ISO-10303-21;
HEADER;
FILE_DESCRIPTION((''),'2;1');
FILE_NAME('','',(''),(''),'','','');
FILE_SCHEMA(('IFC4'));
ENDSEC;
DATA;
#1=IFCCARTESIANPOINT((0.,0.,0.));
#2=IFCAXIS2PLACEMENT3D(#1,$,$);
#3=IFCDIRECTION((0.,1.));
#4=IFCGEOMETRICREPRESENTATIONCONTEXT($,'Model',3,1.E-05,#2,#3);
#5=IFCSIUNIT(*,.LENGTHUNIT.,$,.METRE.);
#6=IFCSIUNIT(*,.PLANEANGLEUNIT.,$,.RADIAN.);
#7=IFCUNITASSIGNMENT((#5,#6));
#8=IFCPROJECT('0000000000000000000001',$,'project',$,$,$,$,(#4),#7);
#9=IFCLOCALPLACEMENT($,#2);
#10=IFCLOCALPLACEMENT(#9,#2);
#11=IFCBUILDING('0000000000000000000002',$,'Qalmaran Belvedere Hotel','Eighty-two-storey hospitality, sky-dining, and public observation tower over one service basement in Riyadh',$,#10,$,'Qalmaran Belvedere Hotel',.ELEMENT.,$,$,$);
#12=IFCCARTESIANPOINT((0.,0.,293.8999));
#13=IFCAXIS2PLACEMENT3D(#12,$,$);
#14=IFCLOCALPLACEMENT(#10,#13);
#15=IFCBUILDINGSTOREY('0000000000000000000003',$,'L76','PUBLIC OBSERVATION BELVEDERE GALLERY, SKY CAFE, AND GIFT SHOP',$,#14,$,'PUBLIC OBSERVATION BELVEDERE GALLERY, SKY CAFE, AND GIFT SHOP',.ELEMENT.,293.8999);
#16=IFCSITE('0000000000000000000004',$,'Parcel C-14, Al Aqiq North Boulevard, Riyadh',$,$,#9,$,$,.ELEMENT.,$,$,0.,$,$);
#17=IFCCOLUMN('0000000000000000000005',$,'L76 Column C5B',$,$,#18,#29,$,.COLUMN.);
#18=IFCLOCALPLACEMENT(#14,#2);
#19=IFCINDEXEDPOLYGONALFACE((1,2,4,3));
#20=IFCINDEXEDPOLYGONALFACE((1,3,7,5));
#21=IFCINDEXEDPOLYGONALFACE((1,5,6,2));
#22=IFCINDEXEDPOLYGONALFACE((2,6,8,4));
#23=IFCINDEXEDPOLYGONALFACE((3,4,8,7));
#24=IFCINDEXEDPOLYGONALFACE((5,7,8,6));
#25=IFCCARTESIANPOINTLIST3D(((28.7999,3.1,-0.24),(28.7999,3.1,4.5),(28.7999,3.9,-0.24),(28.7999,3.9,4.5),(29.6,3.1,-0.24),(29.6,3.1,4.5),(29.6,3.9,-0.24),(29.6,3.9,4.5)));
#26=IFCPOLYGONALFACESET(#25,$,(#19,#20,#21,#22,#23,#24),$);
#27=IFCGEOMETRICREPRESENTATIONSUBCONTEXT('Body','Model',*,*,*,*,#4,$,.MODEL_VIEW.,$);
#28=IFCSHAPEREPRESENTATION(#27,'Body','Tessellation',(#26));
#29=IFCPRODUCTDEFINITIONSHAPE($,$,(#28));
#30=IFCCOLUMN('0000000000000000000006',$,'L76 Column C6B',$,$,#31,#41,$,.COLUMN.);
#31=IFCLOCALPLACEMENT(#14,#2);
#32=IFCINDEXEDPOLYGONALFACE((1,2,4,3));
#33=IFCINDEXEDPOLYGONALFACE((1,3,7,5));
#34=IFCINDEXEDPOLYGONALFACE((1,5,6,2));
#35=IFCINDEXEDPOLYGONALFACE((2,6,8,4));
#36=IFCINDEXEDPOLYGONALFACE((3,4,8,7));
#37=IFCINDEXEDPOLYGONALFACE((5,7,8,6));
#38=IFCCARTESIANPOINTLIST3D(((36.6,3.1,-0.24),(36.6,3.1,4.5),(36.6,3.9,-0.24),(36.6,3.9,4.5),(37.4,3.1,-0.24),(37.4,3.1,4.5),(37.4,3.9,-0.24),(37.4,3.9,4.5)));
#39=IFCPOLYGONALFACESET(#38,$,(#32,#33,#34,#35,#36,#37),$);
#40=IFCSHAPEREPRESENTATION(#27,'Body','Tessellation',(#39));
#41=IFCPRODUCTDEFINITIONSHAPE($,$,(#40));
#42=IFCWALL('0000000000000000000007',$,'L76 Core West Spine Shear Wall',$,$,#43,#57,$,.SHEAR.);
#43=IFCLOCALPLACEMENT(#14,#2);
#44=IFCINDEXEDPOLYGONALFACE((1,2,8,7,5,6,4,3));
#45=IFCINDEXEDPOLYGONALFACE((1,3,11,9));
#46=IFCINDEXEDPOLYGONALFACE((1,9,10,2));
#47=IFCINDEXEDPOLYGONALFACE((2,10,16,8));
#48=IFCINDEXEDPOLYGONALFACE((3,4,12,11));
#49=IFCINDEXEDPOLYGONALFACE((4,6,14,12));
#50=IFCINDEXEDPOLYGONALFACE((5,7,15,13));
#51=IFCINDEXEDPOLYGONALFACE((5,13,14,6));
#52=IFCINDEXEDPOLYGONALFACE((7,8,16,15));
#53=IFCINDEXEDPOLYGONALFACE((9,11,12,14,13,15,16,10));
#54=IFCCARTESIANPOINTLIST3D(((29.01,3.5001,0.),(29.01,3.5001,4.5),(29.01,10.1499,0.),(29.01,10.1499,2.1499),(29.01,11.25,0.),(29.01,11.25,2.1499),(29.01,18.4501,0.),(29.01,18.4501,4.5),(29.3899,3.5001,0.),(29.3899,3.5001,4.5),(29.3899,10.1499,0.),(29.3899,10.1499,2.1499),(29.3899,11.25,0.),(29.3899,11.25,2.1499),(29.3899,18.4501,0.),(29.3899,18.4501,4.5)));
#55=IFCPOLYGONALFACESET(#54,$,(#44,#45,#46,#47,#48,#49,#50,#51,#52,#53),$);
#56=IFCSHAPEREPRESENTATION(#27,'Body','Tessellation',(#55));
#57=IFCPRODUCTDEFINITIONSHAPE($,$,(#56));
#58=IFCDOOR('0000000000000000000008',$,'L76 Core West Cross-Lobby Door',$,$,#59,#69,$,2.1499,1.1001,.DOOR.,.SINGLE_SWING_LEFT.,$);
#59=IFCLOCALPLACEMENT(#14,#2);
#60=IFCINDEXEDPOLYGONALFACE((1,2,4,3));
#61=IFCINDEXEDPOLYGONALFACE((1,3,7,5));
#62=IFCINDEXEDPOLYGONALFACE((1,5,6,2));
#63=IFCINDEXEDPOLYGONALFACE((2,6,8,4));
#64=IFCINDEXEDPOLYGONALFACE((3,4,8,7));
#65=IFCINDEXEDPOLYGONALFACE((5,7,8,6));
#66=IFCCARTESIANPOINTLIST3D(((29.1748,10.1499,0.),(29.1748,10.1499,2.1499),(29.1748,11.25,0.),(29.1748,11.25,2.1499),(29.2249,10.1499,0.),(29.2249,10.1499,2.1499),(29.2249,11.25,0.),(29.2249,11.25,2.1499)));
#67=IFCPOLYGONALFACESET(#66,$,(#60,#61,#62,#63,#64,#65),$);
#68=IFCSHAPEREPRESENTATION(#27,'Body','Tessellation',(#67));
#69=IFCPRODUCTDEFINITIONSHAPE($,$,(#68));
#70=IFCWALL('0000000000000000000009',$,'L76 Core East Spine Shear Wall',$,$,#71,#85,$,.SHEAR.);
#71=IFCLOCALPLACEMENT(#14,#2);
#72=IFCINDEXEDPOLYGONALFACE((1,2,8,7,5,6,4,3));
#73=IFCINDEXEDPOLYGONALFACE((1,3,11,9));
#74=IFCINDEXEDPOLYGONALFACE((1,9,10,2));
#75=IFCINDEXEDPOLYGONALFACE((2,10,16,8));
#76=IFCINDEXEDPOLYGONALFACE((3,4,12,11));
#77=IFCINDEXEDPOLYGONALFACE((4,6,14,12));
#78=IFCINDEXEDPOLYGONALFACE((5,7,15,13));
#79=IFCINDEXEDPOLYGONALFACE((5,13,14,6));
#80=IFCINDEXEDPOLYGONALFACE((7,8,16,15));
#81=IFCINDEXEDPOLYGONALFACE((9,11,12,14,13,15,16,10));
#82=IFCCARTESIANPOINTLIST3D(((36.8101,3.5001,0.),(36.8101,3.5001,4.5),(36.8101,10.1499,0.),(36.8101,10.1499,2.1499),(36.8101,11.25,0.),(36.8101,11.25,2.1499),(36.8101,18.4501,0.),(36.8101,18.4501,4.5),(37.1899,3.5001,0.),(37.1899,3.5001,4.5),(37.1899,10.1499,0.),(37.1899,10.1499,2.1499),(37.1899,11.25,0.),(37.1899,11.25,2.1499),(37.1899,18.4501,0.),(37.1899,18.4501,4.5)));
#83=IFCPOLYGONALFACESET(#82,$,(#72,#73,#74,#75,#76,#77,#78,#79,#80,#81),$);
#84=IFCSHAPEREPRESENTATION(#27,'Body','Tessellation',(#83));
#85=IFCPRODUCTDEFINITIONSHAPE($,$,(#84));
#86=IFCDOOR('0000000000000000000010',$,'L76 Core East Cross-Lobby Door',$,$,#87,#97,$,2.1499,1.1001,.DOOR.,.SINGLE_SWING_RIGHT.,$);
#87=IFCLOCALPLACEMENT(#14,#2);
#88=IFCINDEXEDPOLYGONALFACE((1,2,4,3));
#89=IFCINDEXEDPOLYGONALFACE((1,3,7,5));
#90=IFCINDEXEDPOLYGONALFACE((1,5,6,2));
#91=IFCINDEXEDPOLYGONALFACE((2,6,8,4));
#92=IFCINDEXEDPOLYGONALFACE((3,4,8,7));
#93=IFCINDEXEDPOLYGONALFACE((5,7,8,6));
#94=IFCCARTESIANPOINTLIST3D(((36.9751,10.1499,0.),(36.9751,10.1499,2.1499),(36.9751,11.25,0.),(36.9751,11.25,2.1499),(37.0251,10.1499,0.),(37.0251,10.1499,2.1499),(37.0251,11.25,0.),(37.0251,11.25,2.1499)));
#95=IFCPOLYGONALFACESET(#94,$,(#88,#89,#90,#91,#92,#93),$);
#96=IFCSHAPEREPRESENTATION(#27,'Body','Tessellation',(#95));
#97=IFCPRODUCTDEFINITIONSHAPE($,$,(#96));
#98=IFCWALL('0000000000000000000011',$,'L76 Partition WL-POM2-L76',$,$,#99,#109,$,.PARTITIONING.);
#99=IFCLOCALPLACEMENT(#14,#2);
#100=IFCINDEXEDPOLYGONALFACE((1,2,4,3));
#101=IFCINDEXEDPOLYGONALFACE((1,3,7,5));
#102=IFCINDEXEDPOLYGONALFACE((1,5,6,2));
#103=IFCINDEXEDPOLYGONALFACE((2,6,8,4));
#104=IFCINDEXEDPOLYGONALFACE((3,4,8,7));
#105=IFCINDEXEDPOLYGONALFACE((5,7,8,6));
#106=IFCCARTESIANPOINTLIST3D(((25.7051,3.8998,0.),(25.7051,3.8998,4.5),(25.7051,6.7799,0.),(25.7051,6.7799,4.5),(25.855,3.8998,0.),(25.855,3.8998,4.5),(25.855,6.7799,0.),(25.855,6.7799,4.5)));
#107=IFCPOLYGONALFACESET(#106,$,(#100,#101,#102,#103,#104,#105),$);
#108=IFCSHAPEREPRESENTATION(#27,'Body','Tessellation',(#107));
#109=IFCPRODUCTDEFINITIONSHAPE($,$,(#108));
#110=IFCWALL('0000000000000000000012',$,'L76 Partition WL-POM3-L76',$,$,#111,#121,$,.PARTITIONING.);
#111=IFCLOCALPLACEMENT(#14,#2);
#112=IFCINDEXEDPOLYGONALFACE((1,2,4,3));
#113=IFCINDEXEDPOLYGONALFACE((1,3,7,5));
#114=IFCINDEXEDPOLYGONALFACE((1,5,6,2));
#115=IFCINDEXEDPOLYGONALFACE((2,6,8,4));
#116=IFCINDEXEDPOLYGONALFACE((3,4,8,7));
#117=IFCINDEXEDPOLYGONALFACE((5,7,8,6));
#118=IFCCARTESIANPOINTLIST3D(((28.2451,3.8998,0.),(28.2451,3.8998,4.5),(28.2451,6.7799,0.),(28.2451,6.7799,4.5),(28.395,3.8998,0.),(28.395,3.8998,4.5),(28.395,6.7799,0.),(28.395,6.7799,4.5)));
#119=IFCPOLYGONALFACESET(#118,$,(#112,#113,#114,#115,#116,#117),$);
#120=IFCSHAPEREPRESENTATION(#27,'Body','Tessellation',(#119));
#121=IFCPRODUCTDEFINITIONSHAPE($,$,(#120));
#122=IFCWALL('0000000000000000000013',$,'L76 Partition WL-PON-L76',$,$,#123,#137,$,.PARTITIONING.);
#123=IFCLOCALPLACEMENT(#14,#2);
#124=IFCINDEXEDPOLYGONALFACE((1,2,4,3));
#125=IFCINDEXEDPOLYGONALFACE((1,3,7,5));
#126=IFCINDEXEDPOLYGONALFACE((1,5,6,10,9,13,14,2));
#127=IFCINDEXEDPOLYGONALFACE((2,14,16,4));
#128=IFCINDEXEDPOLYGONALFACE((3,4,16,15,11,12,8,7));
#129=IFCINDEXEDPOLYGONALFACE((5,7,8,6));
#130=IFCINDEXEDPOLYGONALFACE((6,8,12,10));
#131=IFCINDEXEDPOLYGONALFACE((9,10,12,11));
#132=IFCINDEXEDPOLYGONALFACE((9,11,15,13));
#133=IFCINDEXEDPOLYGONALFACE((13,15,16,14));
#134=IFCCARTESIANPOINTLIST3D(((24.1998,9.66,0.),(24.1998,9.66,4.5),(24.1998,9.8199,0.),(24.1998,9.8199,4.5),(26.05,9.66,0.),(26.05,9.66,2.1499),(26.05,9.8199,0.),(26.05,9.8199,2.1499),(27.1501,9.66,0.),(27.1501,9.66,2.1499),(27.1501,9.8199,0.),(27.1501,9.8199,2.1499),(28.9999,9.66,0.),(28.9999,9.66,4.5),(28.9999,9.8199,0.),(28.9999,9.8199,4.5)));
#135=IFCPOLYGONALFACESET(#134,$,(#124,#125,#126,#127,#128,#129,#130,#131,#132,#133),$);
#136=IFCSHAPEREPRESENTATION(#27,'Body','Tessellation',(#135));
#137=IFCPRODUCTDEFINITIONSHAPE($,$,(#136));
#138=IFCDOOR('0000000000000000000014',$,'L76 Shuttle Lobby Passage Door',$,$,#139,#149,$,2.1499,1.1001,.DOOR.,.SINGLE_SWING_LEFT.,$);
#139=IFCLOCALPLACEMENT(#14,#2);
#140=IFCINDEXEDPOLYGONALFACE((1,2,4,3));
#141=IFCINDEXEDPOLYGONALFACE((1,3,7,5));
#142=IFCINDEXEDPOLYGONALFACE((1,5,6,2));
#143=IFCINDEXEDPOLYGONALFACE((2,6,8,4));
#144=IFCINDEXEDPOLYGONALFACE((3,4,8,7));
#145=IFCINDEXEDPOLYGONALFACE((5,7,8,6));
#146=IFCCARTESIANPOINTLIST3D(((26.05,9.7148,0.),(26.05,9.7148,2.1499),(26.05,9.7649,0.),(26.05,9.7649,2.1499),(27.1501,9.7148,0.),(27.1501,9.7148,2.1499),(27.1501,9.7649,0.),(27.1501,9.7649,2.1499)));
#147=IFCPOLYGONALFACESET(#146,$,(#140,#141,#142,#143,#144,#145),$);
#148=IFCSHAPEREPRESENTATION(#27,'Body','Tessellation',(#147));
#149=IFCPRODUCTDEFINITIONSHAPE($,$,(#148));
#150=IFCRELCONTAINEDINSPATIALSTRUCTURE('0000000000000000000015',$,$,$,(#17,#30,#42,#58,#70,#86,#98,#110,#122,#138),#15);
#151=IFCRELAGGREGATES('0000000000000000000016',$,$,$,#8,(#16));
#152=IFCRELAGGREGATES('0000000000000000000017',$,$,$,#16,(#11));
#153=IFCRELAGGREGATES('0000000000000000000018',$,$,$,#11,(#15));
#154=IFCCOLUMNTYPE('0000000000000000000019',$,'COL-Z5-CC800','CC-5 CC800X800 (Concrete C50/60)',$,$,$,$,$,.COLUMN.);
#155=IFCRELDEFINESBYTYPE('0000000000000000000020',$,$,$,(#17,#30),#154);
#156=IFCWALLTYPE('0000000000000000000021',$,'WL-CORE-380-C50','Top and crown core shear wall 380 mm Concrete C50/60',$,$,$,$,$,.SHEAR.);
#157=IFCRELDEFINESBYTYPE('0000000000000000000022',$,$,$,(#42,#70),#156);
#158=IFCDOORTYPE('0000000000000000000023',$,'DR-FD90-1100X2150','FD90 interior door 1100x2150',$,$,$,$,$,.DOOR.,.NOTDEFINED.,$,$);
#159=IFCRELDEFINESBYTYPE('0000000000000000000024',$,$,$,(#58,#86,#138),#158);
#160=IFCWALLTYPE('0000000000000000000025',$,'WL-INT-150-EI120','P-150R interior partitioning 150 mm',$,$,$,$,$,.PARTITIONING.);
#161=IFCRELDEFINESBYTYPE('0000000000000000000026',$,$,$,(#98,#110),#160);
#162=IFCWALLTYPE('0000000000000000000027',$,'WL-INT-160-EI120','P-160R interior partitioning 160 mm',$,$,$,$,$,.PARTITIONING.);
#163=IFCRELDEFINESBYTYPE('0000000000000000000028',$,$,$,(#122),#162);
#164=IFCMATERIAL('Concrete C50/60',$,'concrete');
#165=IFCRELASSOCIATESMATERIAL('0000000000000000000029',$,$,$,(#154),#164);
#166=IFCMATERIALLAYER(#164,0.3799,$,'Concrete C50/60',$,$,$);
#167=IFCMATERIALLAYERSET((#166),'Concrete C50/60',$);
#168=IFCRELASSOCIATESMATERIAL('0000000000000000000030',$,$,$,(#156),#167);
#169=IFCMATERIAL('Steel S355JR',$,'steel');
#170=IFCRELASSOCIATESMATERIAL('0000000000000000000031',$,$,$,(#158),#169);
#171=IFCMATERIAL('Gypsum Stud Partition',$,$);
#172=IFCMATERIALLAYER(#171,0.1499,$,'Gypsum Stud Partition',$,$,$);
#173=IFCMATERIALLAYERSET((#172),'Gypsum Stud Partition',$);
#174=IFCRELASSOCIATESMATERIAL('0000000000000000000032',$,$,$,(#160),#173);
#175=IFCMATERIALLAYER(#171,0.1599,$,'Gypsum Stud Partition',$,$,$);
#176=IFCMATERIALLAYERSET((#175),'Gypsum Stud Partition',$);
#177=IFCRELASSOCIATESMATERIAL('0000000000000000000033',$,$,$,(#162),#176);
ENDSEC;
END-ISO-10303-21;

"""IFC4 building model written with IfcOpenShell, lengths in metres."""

from ifc_helpers import new_model, si_unit, direction, frame, frame_2d, origin, origin_2d, place, context, subcontext, project, spatial, rectangle, extrude, material, layer, layer_set, material_profile, profile_set, type_object, element, fill, save


model = new_model("IFC4")

# Units and contexts
model_context = context("Model", 3, precision=1e-05, world=origin(), true_north=direction((0.0, 1.0)))
body_context = subcontext(model_context, "Body", "Model", "MODEL_VIEW")
ifc_project = project(units=[si_unit("LENGTHUNIT", "METRE"), si_unit("PLANEANGLEUNIT", "RADIAN")], contexts=[model_context])

# Site, building, storey
site_placement = place(None, origin())
site = spatial("IfcSite", under=ifc_project, at=site_placement, Name="Parcel C-14, Al Aqiq North Boulevard, Riyadh", CompositionType="ELEMENT", RefElevation=0.0)
building_placement = place(site_placement, origin())
building = spatial("IfcBuilding", under=site, at=building_placement, Name="Qalmaran Belvedere Hotel", Description="Eighty-two-storey hospitality, sky-dining, and public observation tower over one service basement in Riyadh", LongName="Qalmaran Belvedere Hotel", CompositionType="ELEMENT")
storey_placement = place(building_placement, frame((0.0, 0.0, 293.8999)))
storey = spatial("IfcBuildingStorey", under=building, at=storey_placement, Name="L76", Description="PUBLIC OBSERVATION BELVEDERE GALLERY, SKY CAFE, AND GIFT SHOP", LongName="PUBLIC OBSERVATION BELVEDERE GALLERY, SKY CAFE, AND GIFT SHOP", CompositionType="ELEMENT", Elevation=293.8999)

# Columns
ifc_material_1 = material(Name="Concrete C50/60", Category="concrete")
ifc_material_profile = material_profile(ifc_material_1, rectangle(XDim=0.8, YDim=0.8, at=origin_2d()), Name="CC800X800")
ifc_profile_set = profile_set([ifc_material_profile], Name="Concrete C50/60")
column_type = type_object("IfcColumnType", Name="COL-Z5-CC800", Description="CC-5 CC800X800 (Concrete C50/60)", PredefinedType="COLUMN", material=ifc_profile_set)
for number, where, z_axis, x_axis, name in (
    (1, (29.2, 3.5, -0.24), (0.0, 0.0, 1.0), (1.0, 0.0, 0.0), "L76 Column C5B"),
    (2, (37.0, 3.5, -0.24), (0.0, 0.0, 1.0), (1.0, 0.0, 0.0), "L76 Column C6B"),
):
    element("IfcColumn", number, at=place(storey_placement, frame(where, z_axis=z_axis, x_axis=x_axis)), inside=storey, type_object=column_type, Name=name, PredefinedType="COLUMN", context=body_context, shape_type="SweptSolid", body=[
        extrude(rectangle(XDim=0.8, YDim=0.8, at=origin_2d()), origin(), (0.0, 0.0, 1.0), 4.74),
    ])

# Walls, openings, doors
ifc_layer_1 = layer(ifc_material_1, 0.3799, Name="Concrete C50/60")
ifc_layer_set_1 = layer_set([ifc_layer_1], Name="Concrete C50/60")
wall_type_1 = type_object("IfcWallType", Name="WL-CORE-380-C50", Description="Top and crown core shear wall 380 mm Concrete C50/60", PredefinedType="SHEAR", material=ifc_layer_set_1)
wall_1_placement = place(storey_placement, frame((29.2, 3.5, 0.0), z_axis=(0.0, 0.0, 1.0), x_axis=(0.0, 1.0, 0.0)))
wall_1 = element("IfcWall", 3, at=wall_1_placement, inside=storey, type_object=wall_type_1, Name="L76 Core West Spine Shear Wall", PredefinedType="SHEAR", context=body_context, shape_type="SweptSolid", body=[
    extrude(rectangle(XDim=14.95, YDim=0.3799, at=frame_2d((7.4751, 0.0))), origin(), (0.0, 0.0, 1.0), 4.5),
])
opening_1_placement = place(wall_1_placement, frame((7.75, 0.0, 0.0), z_axis=(0.0, 0.0, 1.0), x_axis=(-1.0, 0.0, 0.0)))
opening_1 = element("IfcOpeningElement", 4, at=opening_1_placement, cuts=wall_1, PredefinedType="OPENING", context=body_context, shape_type="SweptSolid", body=[
    extrude(rectangle(XDim=1.1001, YDim=2.1499, at=frame_2d((0.55, 1.075))), frame((0.0, 0.2, 0.0), z_axis=(0.0, -1.0, 0.0), x_axis=(1.0, 0.0, 0.0)), (0.0, 0.0, 1.0), 0.3999),
])
ifc_material_2 = material(Name="Steel S355JR", Category="steel")
door_type_1 = type_object("IfcDoorType", Name="DR-FD90-1100X2150", Description="FD90 interior door 1100x2150", OperationType="NOTDEFINED", PredefinedType="DOOR", material=ifc_material_2)
door_1_placement = place(opening_1_placement, origin())
door_1 = element("IfcDoor", 5, at=door_1_placement, inside=storey, type_object=door_type_1, Name="L76 Core West Cross-Lobby Door", OperationType="SINGLE_SWING_LEFT", OverallHeight=2.1499, OverallWidth=1.1001, PredefinedType="DOOR", context=body_context, shape_type="SweptSolid", body=[
    extrude(rectangle(XDim=1.1001, YDim=2.1499, at=frame_2d((0.55, 1.075))), frame((0.0, 0.0249, 0.0), z_axis=(0.0, -1.0, 0.0), x_axis=(1.0, 0.0, 0.0)), (0.0, 0.0, 1.0), 0.05),
])
fill(opening_1, door_1)
wall_2_placement = place(storey_placement, frame((37.0, 3.5, 0.0), z_axis=(0.0, 0.0, 1.0), x_axis=(0.0, 1.0, 0.0)))
wall_2 = element("IfcWall", 6, at=wall_2_placement, inside=storey, type_object=wall_type_1, Name="L76 Core East Spine Shear Wall", PredefinedType="SHEAR", context=body_context, shape_type="SweptSolid", body=[
    extrude(rectangle(XDim=14.95, YDim=0.3799, at=frame_2d((7.4751, 0.0))), origin(), (0.0, 0.0, 1.0), 4.5),
])
opening_2_placement = place(wall_2_placement, frame((6.6499, 0.0, 0.0)))
opening_2 = element("IfcOpeningElement", 7, at=opening_2_placement, cuts=wall_2, PredefinedType="OPENING", context=body_context, shape_type="SweptSolid", body=[
    extrude(rectangle(XDim=1.1001, YDim=2.1499, at=frame_2d((0.55, 1.075))), frame((0.0, 0.2, 0.0), z_axis=(0.0, -1.0, 0.0), x_axis=(1.0, 0.0, 0.0)), (0.0, 0.0, 1.0), 0.3999),
])
door_2_placement = place(opening_2_placement, origin())
door_2 = element("IfcDoor", 8, at=door_2_placement, inside=storey, type_object=door_type_1, Name="L76 Core East Cross-Lobby Door", OperationType="SINGLE_SWING_RIGHT", OverallHeight=2.1499, OverallWidth=1.1001, PredefinedType="DOOR", context=body_context, shape_type="SweptSolid", body=[
    extrude(rectangle(XDim=1.1001, YDim=2.1499, at=frame_2d((0.55, 1.075))), frame((0.0, 0.0249, 0.0), z_axis=(0.0, -1.0, 0.0), x_axis=(1.0, 0.0, 0.0)), (0.0, 0.0, 1.0), 0.05),
])
fill(opening_2, door_2)

# Walls
ifc_material_3 = material(Name="Gypsum Stud Partition")
ifc_layer_2 = layer(ifc_material_3, 0.1499, Name="Gypsum Stud Partition")
ifc_layer_set_2 = layer_set([ifc_layer_2], Name="Gypsum Stud Partition")
wall_type_2 = type_object("IfcWallType", Name="WL-INT-150-EI120", Description="P-150R interior partitioning 150 mm", PredefinedType="PARTITIONING", material=ifc_layer_set_2)
for number, where, z_axis, x_axis, name in (
    (9, (25.78, 3.8999, 0.0), (0.0, 0.0, 1.0), (0.0, 1.0, 0.0), "L76 Partition WL-POM2-L76"),
    (10, (28.3201, 3.8999, 0.0), (0.0, 0.0, 1.0), (0.0, 1.0, 0.0), "L76 Partition WL-POM3-L76"),
):
    element("IfcWall", number, at=place(storey_placement, frame(where, z_axis=z_axis, x_axis=x_axis)), inside=storey, type_object=wall_type_2, Name=name, PredefinedType="PARTITIONING", context=body_context, shape_type="SweptSolid", body=[
        extrude(rectangle(XDim=2.8801, YDim=0.1499, at=frame_2d((1.4399, 0.0))), origin(), (0.0, 0.0, 1.0), 4.5),
    ])

# Wall, opening, door
ifc_layer_3 = layer(ifc_material_3, 0.1599, Name="Gypsum Stud Partition")
ifc_layer_set_3 = layer_set([ifc_layer_3], Name="Gypsum Stud Partition")
wall_type_3 = type_object("IfcWallType", Name="WL-INT-160-EI120", Description="P-160R interior partitioning 160 mm", PredefinedType="PARTITIONING", material=ifc_layer_set_3)
wall_3_placement = place(storey_placement, frame((24.2, 9.74, 0.0), z_axis=(0.0, 0.0, 1.0), x_axis=(1.0, 0.0, 0.0)))
wall_3 = element("IfcWall", 11, at=wall_3_placement, inside=storey, type_object=wall_type_3, Name="L76 Partition WL-PON-L76", PredefinedType="PARTITIONING", context=body_context, shape_type="SweptSolid", body=[
    extrude(rectangle(XDim=4.8, YDim=0.1599, at=frame_2d((2.3999, 0.0))), origin(), (0.0, 0.0, 1.0), 4.5),
])
opening_3_placement = place(wall_3_placement, frame((1.8501, 0.0, 0.0)))
opening_3 = element("IfcOpeningElement", 12, at=opening_3_placement, cuts=wall_3, PredefinedType="OPENING", context=body_context, shape_type="SweptSolid", body=[
    extrude(rectangle(XDim=1.1001, YDim=2.1499, at=frame_2d((0.55, 1.075))), frame((0.0, 0.0898, 0.0), z_axis=(0.0, -1.0, 0.0), x_axis=(1.0, 0.0, 0.0)), (0.0, 0.0, 1.0), 0.1799),
])
door_3_placement = place(opening_3_placement, origin())
door_3 = element("IfcDoor", 13, at=door_3_placement, inside=storey, type_object=door_type_1, Name="L76 Shuttle Lobby Passage Door", OperationType="SINGLE_SWING_LEFT", OverallHeight=2.1499, OverallWidth=1.1001, PredefinedType="DOOR", context=body_context, shape_type="SweptSolid", body=[
    extrude(rectangle(XDim=1.1001, YDim=2.1499, at=frame_2d((0.55, 1.075))), frame((0.0, 0.0249, 0.0), z_axis=(0.0, -1.0, 0.0), x_axis=(1.0, 0.0, 0.0)), (0.0, 0.0, 1.0), 0.05),
])
fill(opening_3, door_3)

save(model, "model.ifc")
